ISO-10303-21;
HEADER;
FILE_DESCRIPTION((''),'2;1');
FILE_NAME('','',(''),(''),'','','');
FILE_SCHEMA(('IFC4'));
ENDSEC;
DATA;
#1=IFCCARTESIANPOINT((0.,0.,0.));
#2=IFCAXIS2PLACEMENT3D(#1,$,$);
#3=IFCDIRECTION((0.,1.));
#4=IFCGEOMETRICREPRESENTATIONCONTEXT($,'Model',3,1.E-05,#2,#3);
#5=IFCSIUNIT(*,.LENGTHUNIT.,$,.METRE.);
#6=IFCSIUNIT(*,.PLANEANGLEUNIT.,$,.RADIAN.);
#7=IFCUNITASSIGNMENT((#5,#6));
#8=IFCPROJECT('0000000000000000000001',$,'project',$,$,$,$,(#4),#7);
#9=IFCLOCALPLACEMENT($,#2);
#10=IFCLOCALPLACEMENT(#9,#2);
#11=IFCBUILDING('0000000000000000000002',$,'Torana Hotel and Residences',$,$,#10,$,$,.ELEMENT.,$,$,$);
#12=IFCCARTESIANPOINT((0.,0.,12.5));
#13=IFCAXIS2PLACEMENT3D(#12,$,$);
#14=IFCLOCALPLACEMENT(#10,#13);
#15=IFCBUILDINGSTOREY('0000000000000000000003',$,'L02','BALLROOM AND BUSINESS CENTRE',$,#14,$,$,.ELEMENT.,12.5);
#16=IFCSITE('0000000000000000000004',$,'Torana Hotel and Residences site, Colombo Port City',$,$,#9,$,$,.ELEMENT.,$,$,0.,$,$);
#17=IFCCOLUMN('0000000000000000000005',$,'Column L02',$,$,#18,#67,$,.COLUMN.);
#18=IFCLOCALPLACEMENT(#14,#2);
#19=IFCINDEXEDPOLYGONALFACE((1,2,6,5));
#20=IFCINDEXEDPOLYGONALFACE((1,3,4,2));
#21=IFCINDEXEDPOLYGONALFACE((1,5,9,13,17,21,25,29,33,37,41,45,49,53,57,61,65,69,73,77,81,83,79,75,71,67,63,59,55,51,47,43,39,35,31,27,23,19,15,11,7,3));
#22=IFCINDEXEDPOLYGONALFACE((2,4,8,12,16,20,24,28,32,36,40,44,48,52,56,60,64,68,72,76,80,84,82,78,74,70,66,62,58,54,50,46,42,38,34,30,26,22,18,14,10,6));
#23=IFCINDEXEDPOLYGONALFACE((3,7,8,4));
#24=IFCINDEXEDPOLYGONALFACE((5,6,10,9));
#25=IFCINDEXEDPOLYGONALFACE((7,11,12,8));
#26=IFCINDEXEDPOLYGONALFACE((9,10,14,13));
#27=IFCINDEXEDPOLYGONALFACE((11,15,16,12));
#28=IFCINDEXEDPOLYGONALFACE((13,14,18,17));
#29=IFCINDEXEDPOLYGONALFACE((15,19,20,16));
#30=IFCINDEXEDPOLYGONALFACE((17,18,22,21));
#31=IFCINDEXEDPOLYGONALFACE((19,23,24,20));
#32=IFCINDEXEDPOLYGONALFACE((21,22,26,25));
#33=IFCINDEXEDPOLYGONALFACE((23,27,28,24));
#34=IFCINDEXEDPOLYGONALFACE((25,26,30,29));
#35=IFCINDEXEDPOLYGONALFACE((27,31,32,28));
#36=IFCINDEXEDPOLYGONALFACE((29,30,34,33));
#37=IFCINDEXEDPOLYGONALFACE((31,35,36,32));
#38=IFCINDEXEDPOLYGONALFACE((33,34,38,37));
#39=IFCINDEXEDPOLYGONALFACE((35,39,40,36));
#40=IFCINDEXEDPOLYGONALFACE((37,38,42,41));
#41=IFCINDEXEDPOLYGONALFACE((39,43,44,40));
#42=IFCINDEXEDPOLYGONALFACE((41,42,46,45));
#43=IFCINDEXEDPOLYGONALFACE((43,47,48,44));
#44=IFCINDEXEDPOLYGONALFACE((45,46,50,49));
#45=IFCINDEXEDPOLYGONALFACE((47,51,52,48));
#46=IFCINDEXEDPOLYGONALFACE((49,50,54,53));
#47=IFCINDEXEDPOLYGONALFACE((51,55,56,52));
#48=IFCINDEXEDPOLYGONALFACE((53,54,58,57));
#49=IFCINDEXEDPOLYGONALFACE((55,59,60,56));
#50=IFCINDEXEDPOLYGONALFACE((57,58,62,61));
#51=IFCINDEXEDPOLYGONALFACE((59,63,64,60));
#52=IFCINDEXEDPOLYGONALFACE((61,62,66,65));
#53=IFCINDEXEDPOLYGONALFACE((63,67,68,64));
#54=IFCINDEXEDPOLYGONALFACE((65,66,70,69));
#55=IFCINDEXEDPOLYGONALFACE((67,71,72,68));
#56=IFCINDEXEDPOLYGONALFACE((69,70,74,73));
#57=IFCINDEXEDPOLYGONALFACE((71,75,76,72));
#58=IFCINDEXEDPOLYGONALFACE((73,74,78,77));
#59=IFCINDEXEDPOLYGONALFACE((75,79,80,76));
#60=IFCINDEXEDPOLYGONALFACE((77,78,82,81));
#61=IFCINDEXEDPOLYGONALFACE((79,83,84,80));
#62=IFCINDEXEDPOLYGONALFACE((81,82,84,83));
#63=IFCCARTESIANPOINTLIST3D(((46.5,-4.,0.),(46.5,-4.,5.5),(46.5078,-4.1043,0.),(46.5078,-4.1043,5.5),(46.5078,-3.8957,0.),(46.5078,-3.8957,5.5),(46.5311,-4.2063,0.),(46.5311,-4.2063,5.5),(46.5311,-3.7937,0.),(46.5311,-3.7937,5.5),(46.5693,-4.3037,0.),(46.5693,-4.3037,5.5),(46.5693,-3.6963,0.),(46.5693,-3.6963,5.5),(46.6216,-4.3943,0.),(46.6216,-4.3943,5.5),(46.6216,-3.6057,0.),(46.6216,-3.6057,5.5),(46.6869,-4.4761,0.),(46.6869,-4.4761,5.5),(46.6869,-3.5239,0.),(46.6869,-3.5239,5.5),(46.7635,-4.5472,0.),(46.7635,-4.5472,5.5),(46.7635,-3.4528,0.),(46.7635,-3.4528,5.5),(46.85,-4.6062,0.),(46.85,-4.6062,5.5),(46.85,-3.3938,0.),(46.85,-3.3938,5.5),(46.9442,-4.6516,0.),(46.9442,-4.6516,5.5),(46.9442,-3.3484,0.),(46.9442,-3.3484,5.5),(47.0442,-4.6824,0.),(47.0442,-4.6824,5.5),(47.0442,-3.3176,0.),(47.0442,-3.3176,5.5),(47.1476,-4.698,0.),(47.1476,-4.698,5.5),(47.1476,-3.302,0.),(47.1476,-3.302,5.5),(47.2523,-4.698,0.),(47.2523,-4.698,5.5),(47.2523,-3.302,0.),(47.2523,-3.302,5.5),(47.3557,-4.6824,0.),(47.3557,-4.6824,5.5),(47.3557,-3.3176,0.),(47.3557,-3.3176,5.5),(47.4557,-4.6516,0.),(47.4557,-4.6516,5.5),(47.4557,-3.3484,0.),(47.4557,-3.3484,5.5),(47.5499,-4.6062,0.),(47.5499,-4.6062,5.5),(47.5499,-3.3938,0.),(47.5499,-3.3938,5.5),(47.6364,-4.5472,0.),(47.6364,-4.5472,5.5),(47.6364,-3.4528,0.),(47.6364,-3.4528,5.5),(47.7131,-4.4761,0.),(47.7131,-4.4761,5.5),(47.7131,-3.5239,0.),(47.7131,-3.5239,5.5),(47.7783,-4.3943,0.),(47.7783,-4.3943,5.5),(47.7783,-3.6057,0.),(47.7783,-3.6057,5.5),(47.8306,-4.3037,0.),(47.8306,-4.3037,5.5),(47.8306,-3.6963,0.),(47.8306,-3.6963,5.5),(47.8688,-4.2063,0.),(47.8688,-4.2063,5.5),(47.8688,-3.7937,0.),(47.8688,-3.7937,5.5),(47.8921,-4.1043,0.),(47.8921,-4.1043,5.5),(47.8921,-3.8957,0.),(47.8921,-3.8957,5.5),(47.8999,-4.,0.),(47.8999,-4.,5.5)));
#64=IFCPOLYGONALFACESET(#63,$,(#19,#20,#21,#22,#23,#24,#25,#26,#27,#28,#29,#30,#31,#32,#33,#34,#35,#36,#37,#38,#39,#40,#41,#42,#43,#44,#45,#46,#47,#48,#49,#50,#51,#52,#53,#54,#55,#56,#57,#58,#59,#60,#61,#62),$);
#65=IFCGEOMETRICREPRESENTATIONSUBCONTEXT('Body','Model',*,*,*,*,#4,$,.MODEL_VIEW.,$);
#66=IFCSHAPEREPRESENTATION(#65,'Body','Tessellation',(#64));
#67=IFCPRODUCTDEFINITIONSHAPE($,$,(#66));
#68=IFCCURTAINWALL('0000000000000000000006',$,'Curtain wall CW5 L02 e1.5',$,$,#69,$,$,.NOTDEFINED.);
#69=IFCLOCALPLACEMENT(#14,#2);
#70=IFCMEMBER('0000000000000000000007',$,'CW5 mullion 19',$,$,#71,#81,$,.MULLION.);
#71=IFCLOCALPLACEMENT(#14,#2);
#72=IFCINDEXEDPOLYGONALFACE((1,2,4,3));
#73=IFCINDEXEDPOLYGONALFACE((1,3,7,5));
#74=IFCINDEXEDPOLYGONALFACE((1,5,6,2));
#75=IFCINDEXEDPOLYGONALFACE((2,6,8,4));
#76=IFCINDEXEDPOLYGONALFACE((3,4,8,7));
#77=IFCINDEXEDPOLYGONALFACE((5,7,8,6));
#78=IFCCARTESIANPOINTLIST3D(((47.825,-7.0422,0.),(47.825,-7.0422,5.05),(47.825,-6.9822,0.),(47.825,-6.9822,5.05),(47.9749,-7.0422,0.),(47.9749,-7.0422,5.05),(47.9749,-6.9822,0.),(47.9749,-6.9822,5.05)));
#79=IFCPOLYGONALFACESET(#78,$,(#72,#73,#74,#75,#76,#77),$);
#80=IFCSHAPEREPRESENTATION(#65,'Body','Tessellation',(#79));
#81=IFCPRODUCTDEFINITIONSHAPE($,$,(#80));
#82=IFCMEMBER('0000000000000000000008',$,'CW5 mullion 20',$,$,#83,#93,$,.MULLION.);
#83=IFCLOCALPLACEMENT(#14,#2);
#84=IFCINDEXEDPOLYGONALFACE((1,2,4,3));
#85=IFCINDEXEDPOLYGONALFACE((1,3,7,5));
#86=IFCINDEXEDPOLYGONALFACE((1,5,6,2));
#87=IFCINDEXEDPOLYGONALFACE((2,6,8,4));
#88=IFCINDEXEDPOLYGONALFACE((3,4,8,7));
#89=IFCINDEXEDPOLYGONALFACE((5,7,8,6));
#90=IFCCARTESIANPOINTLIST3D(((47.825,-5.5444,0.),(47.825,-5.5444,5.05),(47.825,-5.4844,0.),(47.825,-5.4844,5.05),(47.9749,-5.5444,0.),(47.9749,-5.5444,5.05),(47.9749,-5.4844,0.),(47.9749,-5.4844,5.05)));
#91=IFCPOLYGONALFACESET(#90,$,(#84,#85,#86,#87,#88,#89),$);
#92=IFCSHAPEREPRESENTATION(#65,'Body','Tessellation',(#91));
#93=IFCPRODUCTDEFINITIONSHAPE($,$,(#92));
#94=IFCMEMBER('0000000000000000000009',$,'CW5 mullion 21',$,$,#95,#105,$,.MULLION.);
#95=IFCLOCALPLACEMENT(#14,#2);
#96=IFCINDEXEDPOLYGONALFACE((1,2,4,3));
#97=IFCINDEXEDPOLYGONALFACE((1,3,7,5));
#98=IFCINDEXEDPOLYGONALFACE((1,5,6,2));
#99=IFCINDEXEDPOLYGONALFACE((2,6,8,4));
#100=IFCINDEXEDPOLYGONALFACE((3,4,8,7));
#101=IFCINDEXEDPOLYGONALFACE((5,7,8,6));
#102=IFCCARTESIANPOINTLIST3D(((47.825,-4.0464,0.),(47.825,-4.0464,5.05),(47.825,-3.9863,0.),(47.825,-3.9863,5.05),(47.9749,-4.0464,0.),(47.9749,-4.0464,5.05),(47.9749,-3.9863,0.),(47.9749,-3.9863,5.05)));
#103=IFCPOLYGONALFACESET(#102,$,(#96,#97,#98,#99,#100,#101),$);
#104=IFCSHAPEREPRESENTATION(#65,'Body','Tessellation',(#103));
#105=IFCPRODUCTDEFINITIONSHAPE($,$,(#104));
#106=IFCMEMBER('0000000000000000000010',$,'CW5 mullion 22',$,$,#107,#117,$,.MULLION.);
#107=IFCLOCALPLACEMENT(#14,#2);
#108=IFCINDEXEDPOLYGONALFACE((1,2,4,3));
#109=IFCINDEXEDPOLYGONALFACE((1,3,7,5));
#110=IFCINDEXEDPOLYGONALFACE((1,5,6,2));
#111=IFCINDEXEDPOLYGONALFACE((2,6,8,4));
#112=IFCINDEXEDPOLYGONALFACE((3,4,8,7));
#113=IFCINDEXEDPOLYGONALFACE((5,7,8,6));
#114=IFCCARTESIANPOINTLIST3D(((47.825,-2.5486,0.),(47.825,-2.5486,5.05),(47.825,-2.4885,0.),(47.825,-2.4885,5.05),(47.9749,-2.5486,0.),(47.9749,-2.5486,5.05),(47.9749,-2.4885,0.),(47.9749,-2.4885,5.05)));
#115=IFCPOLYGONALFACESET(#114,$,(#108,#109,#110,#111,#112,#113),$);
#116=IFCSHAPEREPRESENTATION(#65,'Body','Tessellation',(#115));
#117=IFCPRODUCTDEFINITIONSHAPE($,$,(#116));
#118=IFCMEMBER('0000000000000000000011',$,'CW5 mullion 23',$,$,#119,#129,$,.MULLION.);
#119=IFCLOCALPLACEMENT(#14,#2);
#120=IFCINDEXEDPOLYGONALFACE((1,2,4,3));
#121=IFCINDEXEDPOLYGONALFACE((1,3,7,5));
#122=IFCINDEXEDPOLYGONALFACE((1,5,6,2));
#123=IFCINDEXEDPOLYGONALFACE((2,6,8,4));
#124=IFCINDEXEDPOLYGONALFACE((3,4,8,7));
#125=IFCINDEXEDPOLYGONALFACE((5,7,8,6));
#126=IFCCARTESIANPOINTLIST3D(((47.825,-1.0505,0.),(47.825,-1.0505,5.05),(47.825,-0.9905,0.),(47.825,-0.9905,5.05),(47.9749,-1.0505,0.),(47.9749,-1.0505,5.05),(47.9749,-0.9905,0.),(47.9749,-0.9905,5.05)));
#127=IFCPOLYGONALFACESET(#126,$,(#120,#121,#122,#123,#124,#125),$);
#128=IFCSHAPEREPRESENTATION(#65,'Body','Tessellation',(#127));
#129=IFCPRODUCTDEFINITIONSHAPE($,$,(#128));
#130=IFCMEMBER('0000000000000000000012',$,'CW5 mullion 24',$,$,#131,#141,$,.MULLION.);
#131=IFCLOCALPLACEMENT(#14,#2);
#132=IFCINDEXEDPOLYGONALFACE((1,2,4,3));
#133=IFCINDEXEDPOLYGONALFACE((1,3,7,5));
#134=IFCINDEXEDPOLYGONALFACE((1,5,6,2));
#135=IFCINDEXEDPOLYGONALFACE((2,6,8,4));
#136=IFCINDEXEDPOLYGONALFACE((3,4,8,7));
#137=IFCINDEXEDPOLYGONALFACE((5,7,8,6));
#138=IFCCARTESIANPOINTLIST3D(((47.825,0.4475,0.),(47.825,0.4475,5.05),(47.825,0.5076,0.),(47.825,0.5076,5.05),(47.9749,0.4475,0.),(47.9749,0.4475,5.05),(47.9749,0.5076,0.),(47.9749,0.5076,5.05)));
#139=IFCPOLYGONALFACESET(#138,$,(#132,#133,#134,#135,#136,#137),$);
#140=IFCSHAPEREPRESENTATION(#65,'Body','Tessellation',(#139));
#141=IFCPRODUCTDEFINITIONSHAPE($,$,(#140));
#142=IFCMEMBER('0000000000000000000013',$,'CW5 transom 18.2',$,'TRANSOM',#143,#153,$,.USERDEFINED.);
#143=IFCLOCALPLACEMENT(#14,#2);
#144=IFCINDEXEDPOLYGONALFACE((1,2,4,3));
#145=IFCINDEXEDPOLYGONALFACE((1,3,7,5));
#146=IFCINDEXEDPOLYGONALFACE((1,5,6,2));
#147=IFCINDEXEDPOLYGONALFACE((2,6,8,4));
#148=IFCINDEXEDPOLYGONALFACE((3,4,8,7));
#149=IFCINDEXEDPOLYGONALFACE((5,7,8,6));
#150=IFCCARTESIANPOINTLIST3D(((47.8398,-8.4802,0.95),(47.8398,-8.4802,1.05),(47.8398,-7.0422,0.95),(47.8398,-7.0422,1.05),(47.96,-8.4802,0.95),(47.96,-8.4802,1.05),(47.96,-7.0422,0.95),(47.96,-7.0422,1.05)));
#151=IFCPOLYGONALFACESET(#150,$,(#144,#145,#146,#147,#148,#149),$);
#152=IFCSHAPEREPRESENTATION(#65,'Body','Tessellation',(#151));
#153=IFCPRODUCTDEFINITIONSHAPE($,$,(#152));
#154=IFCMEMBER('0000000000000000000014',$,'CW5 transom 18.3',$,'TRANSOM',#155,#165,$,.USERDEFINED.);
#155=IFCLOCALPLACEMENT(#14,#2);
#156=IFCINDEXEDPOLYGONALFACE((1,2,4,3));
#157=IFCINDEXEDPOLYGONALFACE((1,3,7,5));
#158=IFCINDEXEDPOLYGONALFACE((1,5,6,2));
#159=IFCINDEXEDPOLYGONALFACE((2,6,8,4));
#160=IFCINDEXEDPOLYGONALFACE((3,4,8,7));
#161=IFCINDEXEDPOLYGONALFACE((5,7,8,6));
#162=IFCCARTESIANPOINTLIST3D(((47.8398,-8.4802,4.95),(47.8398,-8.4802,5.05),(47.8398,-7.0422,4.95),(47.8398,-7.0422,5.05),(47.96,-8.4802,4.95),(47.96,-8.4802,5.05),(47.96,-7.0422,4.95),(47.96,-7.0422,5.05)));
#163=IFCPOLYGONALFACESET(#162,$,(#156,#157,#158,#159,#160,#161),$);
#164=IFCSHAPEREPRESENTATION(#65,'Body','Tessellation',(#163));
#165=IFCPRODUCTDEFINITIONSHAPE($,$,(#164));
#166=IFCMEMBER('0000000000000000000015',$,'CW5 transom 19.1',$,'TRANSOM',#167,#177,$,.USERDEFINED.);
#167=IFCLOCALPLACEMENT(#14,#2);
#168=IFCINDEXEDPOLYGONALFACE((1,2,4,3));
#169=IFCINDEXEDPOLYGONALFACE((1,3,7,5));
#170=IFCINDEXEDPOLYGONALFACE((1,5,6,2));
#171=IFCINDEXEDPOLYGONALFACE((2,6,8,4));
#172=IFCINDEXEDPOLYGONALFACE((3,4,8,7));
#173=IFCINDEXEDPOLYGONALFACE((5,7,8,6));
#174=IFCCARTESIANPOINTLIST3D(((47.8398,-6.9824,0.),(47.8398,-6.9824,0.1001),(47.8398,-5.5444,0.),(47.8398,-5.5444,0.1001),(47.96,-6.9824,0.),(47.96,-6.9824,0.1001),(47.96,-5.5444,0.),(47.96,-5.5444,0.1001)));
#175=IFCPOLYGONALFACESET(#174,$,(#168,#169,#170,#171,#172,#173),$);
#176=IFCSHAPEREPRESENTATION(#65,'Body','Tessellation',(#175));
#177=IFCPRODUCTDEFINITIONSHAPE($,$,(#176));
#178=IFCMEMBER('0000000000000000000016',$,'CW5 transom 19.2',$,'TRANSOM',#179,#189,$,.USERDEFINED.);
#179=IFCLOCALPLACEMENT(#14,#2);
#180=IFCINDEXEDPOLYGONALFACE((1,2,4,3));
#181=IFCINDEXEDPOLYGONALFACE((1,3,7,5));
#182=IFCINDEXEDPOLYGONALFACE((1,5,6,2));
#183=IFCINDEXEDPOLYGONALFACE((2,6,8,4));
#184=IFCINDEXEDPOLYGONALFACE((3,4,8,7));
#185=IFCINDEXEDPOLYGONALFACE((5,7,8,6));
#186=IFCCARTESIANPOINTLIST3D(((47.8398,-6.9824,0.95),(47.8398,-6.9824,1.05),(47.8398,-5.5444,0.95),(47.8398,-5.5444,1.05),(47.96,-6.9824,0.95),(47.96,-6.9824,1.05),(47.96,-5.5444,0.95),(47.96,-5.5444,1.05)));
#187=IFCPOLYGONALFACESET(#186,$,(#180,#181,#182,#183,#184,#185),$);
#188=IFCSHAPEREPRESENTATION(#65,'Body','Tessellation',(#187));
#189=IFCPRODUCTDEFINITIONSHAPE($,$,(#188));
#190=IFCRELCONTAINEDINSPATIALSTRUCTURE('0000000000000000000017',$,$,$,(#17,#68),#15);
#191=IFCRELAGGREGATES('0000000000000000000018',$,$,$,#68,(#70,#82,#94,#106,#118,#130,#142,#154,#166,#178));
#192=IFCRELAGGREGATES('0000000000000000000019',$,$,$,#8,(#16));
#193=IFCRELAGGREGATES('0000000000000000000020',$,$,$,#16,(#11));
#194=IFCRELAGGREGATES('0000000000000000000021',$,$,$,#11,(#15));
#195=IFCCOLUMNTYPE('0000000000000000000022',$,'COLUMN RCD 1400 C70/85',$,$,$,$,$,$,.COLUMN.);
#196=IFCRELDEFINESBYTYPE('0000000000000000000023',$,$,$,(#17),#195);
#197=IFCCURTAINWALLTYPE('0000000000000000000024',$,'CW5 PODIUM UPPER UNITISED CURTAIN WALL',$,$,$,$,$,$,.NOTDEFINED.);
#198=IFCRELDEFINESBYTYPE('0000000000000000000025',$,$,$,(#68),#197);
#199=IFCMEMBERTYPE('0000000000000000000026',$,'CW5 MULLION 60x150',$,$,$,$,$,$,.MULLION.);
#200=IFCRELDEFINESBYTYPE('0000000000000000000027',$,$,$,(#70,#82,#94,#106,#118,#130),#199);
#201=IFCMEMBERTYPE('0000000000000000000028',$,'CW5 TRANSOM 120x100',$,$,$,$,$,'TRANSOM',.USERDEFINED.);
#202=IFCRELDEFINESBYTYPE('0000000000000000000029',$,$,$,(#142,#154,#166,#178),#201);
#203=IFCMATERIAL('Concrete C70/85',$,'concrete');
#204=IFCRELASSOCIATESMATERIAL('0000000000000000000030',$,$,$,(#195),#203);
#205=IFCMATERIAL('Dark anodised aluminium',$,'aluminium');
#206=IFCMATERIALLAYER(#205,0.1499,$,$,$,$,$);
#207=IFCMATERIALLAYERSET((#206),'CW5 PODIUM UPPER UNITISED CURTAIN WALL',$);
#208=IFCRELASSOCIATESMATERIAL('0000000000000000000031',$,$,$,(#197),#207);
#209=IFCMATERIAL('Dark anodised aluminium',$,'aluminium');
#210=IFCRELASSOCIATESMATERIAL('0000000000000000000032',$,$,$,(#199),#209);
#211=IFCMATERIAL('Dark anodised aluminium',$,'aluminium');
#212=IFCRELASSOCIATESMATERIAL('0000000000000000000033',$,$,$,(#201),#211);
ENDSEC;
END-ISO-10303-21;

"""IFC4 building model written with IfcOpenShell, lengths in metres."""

from ifc_helpers import new_model, si_unit, direction, frame, origin, origin_2d, place, context, subcontext, project, spatial, rectangle, circle, extrude, material, layer, layer_set, material_profile, profile_set, type_object, element, aggregate, save


model = new_model("IFC4")

# Units and contexts
model_context = context("Model", 3, precision=1e-05, world=origin(), true_north=direction((0.0, 1.0)))
body_context = subcontext(model_context, "Body", "Model", "MODEL_VIEW")
ifc_project = project(units=[si_unit("LENGTHUNIT", "METRE"), si_unit("PLANEANGLEUNIT", "RADIAN")], contexts=[model_context])

# Site, building, storey
site_placement = place(None, origin())
site = spatial("IfcSite", under=ifc_project, at=site_placement, Name="Torana Hotel and Residences site, Colombo Port City", CompositionType="ELEMENT", RefElevation=0.0)
building_placement = place(site_placement, origin())
building = spatial("IfcBuilding", under=site, at=building_placement, Name="Torana Hotel and Residences", CompositionType="ELEMENT")
storey_placement = place(building_placement, frame((0.0, 0.0, 12.5)))
storey = spatial("IfcBuildingStorey", under=building, at=storey_placement, Name="L02", Description="BALLROOM AND BUSINESS CENTRE", CompositionType="ELEMENT", Elevation=12.5)

# Column
ifc_material_1 = material(Name="Concrete C70/85", Category="concrete")
ifc_material_profile_1 = material_profile(ifc_material_1, circle(Radius=0.7, at=origin_2d()), Name="RCD 1400")
ifc_profile_set_1 = profile_set([ifc_material_profile_1], Name="Concrete C70/85")
column_type = type_object("IfcColumnType", Name="COLUMN RCD 1400 C70/85", PredefinedType="COLUMN", material=ifc_profile_set_1)
column_placement = place(storey_placement, frame((47.2, -4.0, 0.0), z_axis=(0.0, 0.0, 1.0), x_axis=(1.0, 0.0, 0.0)))
element("IfcColumn", 1, at=column_placement, inside=storey, type_object=column_type, Name="Column L02", PredefinedType="COLUMN", context=body_context, shape_type="SweptSolid", body=[
    extrude(circle(Radius=0.7, at=origin_2d()), origin(), (0.0, 0.0, 1.0), 5.5),
])

# Curtain wall, members
ifc_material_2 = material(Name="Dark anodised aluminium", Category="aluminium")
ifc_layer_1 = layer(ifc_material_2, 0.1499)
ifc_layer_set_1 = layer_set([ifc_layer_1], Name="CW5 PODIUM UPPER UNITISED CURTAIN WALL")
curtain_wall_type = type_object("IfcCurtainWallType", Name="CW5 PODIUM UPPER UNITISED CURTAIN WALL", PredefinedType="NOTDEFINED", material=ifc_layer_set_1)
curtain_wall_placement = place(storey_placement, origin())
curtain_wall = element("IfcCurtainWall", 2, at=curtain_wall_placement, inside=storey, type_object=curtain_wall_type, Name="Curtain wall CW5 L02 e1.5", PredefinedType="NOTDEFINED")
ifc_material_3 = material(Name="Dark anodised aluminium", Category="aluminium")
ifc_material_profile_2 = material_profile(ifc_material_3, rectangle(XDim=0.1499, YDim=0.0601, at=origin_2d()), Name="CW5 MULLION 60x150")
ifc_profile_set_2 = profile_set([ifc_material_profile_2], Name="Dark anodised aluminium")
member_type_1 = type_object("IfcMemberType", Name="CW5 MULLION 60x150", PredefinedType="MULLION", material=ifc_profile_set_2)
member_1_placement = place(storey_placement, frame((47.8999, -7.0122, 0.0), z_axis=(0.0, 0.0, 1.0), x_axis=(-1.0, 0.0, 0.0)))
member_1 = element("IfcMember", 3, at=member_1_placement, type_object=member_type_1, Name="CW5 mullion 19", PredefinedType="MULLION", context=body_context, shape_type="SweptSolid", body=[
    extrude(rectangle(XDim=0.1499, YDim=0.0601, at=origin_2d()), origin(), (0.0, 0.0, 1.0), 5.05),
])
member_2_placement = place(storey_placement, frame((47.8999, -5.5144, 0.0), z_axis=(0.0, 0.0, 1.0), x_axis=(-1.0, 0.0, 0.0)))
member_2 = element("IfcMember", 4, at=member_2_placement, type_object=member_type_1, Name="CW5 mullion 20", PredefinedType="MULLION", context=body_context, shape_type="SweptSolid", body=[
    extrude(rectangle(XDim=0.1499, YDim=0.0601, at=origin_2d()), origin(), (0.0, 0.0, 1.0), 5.05),
])
member_3_placement = place(storey_placement, frame((47.8999, -4.0164, 0.0), z_axis=(0.0, 0.0, 1.0), x_axis=(-1.0, 0.0, 0.0)))
member_3 = element("IfcMember", 5, at=member_3_placement, type_object=member_type_1, Name="CW5 mullion 21", PredefinedType="MULLION", context=body_context, shape_type="SweptSolid", body=[
    extrude(rectangle(XDim=0.1499, YDim=0.0601, at=origin_2d()), origin(), (0.0, 0.0, 1.0), 5.05),
])
member_4_placement = place(storey_placement, frame((47.8999, -2.5186, 0.0), z_axis=(0.0, 0.0, 1.0), x_axis=(-1.0, 0.0, 0.0)))
member_4 = element("IfcMember", 6, at=member_4_placement, type_object=member_type_1, Name="CW5 mullion 22", PredefinedType="MULLION", context=body_context, shape_type="SweptSolid", body=[
    extrude(rectangle(XDim=0.1499, YDim=0.0601, at=origin_2d()), origin(), (0.0, 0.0, 1.0), 5.05),
])
member_5_placement = place(storey_placement, frame((47.8999, -1.0205, 0.0), z_axis=(0.0, 0.0, 1.0), x_axis=(-1.0, 0.0, 0.0)))
member_5 = element("IfcMember", 7, at=member_5_placement, type_object=member_type_1, Name="CW5 mullion 23", PredefinedType="MULLION", context=body_context, shape_type="SweptSolid", body=[
    extrude(rectangle(XDim=0.1499, YDim=0.0601, at=origin_2d()), origin(), (0.0, 0.0, 1.0), 5.05),
])
member_6_placement = place(storey_placement, frame((47.8999, 0.4775, 0.0), z_axis=(0.0, 0.0, 1.0), x_axis=(-1.0, 0.0, 0.0)))
member_6 = element("IfcMember", 8, at=member_6_placement, type_object=member_type_1, Name="CW5 mullion 24", PredefinedType="MULLION", context=body_context, shape_type="SweptSolid", body=[
    extrude(rectangle(XDim=0.1499, YDim=0.0601, at=origin_2d()), origin(), (0.0, 0.0, 1.0), 5.05),
])
ifc_material_4 = material(Name="Dark anodised aluminium", Category="aluminium")
ifc_material_profile_3 = material_profile(ifc_material_4, rectangle(XDim=0.1201, YDim=0.1001, at=origin_2d()), Name="CW5 TRANSOM 120x100")
ifc_profile_set_3 = profile_set([ifc_material_profile_3], Name="Dark anodised aluminium")
member_type_2 = type_object("IfcMemberType", Name="CW5 TRANSOM 120x100", ElementType="TRANSOM", PredefinedType="USERDEFINED", material=ifc_profile_set_3)
member_7_placement = place(storey_placement, frame((47.8999, -8.4802, 1.0), z_axis=(0.0, 1.0, 0.0), x_axis=(-1.0, 0.0, 0.0)))
member_7 = element("IfcMember", 9, at=member_7_placement, type_object=member_type_2, Name="CW5 transom 18.2", ObjectType="TRANSOM", PredefinedType="USERDEFINED", context=body_context, shape_type="SweptSolid", body=[
    extrude(rectangle(XDim=0.1201, YDim=0.1001, at=origin_2d()), origin(), (0.0, 0.0, 1.0), 1.438),
])
member_8_placement = place(storey_placement, frame((47.8999, -8.4802, 5.0), z_axis=(0.0, 1.0, 0.0), x_axis=(-1.0, 0.0, 0.0)))
member_8 = element("IfcMember", 10, at=member_8_placement, type_object=member_type_2, Name="CW5 transom 18.3", ObjectType="TRANSOM", PredefinedType="USERDEFINED", context=body_context, shape_type="SweptSolid", body=[
    extrude(rectangle(XDim=0.1201, YDim=0.1001, at=origin_2d()), origin(), (0.0, 0.0, 1.0), 1.438),
])
member_9_placement = place(storey_placement, frame((47.8999, -6.9824, 0.05), z_axis=(0.0, 1.0, 0.0), x_axis=(-1.0, 0.0, 0.0)))
member_9 = element("IfcMember", 11, at=member_9_placement, type_object=member_type_2, Name="CW5 transom 19.1", ObjectType="TRANSOM", PredefinedType="USERDEFINED", context=body_context, shape_type="SweptSolid", body=[
    extrude(rectangle(XDim=0.1201, YDim=0.1001, at=origin_2d()), origin(), (0.0, 0.0, 1.0), 1.438),
])
member_10_placement = place(storey_placement, frame((47.8999, -6.9824, 1.0), z_axis=(0.0, 1.0, 0.0), x_axis=(-1.0, 0.0, 0.0)))
member_10 = element("IfcMember", 12, at=member_10_placement, type_object=member_type_2, Name="CW5 transom 19.2", ObjectType="TRANSOM", PredefinedType="USERDEFINED", context=body_context, shape_type="SweptSolid", body=[
    extrude(rectangle(XDim=0.1201, YDim=0.1001, at=origin_2d()), origin(), (0.0, 0.0, 1.0), 1.438),
])
aggregate(curtain_wall, [member_1, member_2, member_3, member_4, member_5, member_6, member_7, member_8, member_9, member_10])

save(model, "model.ifc")
